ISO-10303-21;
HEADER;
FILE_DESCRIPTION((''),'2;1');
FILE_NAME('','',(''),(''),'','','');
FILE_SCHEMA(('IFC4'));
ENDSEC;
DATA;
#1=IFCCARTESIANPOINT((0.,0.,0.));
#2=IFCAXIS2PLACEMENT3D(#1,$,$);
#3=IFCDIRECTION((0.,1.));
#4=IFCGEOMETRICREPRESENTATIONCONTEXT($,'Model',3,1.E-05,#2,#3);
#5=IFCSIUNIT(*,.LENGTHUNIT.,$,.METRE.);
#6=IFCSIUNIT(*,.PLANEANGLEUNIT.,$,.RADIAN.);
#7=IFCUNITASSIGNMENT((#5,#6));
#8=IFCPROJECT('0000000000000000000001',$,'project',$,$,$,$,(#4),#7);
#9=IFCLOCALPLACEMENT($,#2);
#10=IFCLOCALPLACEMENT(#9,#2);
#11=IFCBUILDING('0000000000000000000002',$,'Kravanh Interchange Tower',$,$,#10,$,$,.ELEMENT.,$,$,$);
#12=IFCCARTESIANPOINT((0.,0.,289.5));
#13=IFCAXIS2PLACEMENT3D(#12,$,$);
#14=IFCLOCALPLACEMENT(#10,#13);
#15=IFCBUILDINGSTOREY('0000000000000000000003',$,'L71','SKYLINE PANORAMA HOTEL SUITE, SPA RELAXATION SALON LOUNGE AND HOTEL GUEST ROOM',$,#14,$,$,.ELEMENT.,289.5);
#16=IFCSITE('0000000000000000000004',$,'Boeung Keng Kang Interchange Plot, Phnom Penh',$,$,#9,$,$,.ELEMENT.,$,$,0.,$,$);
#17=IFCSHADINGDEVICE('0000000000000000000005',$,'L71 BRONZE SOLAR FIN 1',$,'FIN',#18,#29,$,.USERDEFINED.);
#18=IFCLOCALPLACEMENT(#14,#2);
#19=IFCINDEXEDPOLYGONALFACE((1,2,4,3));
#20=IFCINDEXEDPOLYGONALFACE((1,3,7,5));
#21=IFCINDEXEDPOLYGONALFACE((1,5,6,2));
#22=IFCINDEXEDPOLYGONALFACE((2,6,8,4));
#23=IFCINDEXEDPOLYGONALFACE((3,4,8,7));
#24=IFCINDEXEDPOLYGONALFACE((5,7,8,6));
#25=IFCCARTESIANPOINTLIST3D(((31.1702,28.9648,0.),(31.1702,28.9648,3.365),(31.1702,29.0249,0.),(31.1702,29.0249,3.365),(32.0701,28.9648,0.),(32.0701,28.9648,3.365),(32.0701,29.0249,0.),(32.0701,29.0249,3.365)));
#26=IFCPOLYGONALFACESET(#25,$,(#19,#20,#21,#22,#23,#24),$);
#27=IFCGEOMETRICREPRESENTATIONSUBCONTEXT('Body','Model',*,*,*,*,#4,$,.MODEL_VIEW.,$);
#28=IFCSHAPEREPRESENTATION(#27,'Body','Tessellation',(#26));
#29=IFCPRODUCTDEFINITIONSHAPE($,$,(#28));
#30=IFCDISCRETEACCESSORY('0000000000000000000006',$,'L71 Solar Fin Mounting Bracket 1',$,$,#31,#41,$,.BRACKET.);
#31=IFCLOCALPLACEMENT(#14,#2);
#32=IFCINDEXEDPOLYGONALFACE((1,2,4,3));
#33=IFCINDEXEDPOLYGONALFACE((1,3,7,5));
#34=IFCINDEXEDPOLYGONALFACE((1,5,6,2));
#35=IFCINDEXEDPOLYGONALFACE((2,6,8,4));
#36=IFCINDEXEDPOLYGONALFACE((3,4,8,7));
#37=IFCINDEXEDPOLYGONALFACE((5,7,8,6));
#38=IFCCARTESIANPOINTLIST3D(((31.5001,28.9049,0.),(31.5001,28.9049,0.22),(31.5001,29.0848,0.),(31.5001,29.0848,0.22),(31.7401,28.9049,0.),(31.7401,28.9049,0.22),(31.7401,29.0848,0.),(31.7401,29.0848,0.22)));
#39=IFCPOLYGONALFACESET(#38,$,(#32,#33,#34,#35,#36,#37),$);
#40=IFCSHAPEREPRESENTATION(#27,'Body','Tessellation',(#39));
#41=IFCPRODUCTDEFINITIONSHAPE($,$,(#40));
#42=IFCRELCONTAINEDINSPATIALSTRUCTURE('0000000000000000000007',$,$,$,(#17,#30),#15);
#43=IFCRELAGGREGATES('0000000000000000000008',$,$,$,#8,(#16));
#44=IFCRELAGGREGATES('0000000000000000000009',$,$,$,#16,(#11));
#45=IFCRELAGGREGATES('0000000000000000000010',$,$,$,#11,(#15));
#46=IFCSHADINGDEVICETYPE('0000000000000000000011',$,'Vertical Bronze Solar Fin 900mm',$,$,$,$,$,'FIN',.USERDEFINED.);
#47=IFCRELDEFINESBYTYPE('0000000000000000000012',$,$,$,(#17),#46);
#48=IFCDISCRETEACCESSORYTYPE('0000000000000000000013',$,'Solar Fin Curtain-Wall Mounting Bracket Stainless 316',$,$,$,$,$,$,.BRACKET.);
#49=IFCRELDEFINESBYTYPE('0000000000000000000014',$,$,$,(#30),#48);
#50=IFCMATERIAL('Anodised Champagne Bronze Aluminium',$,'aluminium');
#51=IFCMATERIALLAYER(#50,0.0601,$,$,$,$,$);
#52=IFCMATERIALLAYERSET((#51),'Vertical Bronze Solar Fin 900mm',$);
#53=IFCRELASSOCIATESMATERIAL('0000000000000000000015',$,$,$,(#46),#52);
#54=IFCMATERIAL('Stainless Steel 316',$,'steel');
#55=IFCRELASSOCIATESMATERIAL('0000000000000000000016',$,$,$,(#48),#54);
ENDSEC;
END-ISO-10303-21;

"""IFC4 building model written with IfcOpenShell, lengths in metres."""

from ifc_helpers import new_model, si_unit, direction, frame, origin, origin_2d, place, context, subcontext, project, spatial, rectangle, extrude, material, layer, layer_set, type_object, element, save


model = new_model("IFC4")

# Units and contexts
model_context = context("Model", 3, precision=1e-05, world=origin(), true_north=direction((0.0, 1.0)))
body_context = subcontext(model_context, "Body", "Model", "MODEL_VIEW")
ifc_project = project(units=[si_unit("LENGTHUNIT", "METRE"), si_unit("PLANEANGLEUNIT", "RADIAN")], contexts=[model_context])

# Site, building, storey
site_placement = place(None, origin())
site = spatial("IfcSite", under=ifc_project, at=site_placement, Name="Boeung Keng Kang Interchange Plot, Phnom Penh", CompositionType="ELEMENT", RefElevation=0.0)
building_placement = place(site_placement, origin())
building = spatial("IfcBuilding", under=site, at=building_placement, Name="Kravanh Interchange Tower", CompositionType="ELEMENT")
storey_placement = place(building_placement, frame((0.0, 0.0, 289.5)))
storey = spatial("IfcBuildingStorey", under=building, at=storey_placement, Name="L71", Description="SKYLINE PANORAMA HOTEL SUITE, SPA RELAXATION SALON LOUNGE AND HOTEL GUEST ROOM", CompositionType="ELEMENT", Elevation=289.5)

# Shading device
ifc_material_1 = material(Name="Anodised Champagne Bronze Aluminium", Category="aluminium")
ifc_layer_1 = layer(ifc_material_1, 0.0601)
ifc_layer_set_1 = layer_set([ifc_layer_1], Name="Vertical Bronze Solar Fin 900mm")
shading_device_type = type_object("IfcShadingDeviceType", Name="Vertical Bronze Solar Fin 900mm", ElementType="FIN", PredefinedType="USERDEFINED", material=ifc_layer_set_1)
shading_device_placement = place(storey_placement, frame((31.6201, 28.9949, 0.0), z_axis=(0.0, 0.0, 1.0), x_axis=(-1.0, 0.0, 0.0)))
element("IfcShadingDevice", 1, at=shading_device_placement, inside=storey, type_object=shading_device_type, Name="L71 BRONZE SOLAR FIN 1", ObjectType="FIN", PredefinedType="USERDEFINED", context=body_context, shape_type="SweptSolid", body=[
    extrude(rectangle(XDim=0.8999, YDim=0.0601, at=origin_2d()), origin(), (0.0, 0.0, 1.0), 3.365),
])

# Discrete accessory
ifc_material_2 = material(Name="Stainless Steel 316", Category="steel")
discrete_accessory_type = type_object("IfcDiscreteAccessoryType", Name="Solar Fin Curtain-Wall Mounting Bracket Stainless 316", PredefinedType="BRACKET", material=ifc_material_2)
discrete_accessory_placement = place(storey_placement, frame((31.6201, 28.9949, 0.0), z_axis=(0.0, 0.0, 1.0), x_axis=(-1.0, 0.0, 0.0)))
element("IfcDiscreteAccessory", 2, at=discrete_accessory_placement, inside=storey, type_object=discrete_accessory_type, Name="L71 Solar Fin Mounting Bracket 1", PredefinedType="BRACKET", context=body_context, shape_type="SweptSolid", body=[
    extrude(rectangle(XDim=0.24, YDim=0.1799, at=origin_2d()), origin(), (0.0, 0.0, 1.0), 0.22),
])

save(model, "model.ifc")
